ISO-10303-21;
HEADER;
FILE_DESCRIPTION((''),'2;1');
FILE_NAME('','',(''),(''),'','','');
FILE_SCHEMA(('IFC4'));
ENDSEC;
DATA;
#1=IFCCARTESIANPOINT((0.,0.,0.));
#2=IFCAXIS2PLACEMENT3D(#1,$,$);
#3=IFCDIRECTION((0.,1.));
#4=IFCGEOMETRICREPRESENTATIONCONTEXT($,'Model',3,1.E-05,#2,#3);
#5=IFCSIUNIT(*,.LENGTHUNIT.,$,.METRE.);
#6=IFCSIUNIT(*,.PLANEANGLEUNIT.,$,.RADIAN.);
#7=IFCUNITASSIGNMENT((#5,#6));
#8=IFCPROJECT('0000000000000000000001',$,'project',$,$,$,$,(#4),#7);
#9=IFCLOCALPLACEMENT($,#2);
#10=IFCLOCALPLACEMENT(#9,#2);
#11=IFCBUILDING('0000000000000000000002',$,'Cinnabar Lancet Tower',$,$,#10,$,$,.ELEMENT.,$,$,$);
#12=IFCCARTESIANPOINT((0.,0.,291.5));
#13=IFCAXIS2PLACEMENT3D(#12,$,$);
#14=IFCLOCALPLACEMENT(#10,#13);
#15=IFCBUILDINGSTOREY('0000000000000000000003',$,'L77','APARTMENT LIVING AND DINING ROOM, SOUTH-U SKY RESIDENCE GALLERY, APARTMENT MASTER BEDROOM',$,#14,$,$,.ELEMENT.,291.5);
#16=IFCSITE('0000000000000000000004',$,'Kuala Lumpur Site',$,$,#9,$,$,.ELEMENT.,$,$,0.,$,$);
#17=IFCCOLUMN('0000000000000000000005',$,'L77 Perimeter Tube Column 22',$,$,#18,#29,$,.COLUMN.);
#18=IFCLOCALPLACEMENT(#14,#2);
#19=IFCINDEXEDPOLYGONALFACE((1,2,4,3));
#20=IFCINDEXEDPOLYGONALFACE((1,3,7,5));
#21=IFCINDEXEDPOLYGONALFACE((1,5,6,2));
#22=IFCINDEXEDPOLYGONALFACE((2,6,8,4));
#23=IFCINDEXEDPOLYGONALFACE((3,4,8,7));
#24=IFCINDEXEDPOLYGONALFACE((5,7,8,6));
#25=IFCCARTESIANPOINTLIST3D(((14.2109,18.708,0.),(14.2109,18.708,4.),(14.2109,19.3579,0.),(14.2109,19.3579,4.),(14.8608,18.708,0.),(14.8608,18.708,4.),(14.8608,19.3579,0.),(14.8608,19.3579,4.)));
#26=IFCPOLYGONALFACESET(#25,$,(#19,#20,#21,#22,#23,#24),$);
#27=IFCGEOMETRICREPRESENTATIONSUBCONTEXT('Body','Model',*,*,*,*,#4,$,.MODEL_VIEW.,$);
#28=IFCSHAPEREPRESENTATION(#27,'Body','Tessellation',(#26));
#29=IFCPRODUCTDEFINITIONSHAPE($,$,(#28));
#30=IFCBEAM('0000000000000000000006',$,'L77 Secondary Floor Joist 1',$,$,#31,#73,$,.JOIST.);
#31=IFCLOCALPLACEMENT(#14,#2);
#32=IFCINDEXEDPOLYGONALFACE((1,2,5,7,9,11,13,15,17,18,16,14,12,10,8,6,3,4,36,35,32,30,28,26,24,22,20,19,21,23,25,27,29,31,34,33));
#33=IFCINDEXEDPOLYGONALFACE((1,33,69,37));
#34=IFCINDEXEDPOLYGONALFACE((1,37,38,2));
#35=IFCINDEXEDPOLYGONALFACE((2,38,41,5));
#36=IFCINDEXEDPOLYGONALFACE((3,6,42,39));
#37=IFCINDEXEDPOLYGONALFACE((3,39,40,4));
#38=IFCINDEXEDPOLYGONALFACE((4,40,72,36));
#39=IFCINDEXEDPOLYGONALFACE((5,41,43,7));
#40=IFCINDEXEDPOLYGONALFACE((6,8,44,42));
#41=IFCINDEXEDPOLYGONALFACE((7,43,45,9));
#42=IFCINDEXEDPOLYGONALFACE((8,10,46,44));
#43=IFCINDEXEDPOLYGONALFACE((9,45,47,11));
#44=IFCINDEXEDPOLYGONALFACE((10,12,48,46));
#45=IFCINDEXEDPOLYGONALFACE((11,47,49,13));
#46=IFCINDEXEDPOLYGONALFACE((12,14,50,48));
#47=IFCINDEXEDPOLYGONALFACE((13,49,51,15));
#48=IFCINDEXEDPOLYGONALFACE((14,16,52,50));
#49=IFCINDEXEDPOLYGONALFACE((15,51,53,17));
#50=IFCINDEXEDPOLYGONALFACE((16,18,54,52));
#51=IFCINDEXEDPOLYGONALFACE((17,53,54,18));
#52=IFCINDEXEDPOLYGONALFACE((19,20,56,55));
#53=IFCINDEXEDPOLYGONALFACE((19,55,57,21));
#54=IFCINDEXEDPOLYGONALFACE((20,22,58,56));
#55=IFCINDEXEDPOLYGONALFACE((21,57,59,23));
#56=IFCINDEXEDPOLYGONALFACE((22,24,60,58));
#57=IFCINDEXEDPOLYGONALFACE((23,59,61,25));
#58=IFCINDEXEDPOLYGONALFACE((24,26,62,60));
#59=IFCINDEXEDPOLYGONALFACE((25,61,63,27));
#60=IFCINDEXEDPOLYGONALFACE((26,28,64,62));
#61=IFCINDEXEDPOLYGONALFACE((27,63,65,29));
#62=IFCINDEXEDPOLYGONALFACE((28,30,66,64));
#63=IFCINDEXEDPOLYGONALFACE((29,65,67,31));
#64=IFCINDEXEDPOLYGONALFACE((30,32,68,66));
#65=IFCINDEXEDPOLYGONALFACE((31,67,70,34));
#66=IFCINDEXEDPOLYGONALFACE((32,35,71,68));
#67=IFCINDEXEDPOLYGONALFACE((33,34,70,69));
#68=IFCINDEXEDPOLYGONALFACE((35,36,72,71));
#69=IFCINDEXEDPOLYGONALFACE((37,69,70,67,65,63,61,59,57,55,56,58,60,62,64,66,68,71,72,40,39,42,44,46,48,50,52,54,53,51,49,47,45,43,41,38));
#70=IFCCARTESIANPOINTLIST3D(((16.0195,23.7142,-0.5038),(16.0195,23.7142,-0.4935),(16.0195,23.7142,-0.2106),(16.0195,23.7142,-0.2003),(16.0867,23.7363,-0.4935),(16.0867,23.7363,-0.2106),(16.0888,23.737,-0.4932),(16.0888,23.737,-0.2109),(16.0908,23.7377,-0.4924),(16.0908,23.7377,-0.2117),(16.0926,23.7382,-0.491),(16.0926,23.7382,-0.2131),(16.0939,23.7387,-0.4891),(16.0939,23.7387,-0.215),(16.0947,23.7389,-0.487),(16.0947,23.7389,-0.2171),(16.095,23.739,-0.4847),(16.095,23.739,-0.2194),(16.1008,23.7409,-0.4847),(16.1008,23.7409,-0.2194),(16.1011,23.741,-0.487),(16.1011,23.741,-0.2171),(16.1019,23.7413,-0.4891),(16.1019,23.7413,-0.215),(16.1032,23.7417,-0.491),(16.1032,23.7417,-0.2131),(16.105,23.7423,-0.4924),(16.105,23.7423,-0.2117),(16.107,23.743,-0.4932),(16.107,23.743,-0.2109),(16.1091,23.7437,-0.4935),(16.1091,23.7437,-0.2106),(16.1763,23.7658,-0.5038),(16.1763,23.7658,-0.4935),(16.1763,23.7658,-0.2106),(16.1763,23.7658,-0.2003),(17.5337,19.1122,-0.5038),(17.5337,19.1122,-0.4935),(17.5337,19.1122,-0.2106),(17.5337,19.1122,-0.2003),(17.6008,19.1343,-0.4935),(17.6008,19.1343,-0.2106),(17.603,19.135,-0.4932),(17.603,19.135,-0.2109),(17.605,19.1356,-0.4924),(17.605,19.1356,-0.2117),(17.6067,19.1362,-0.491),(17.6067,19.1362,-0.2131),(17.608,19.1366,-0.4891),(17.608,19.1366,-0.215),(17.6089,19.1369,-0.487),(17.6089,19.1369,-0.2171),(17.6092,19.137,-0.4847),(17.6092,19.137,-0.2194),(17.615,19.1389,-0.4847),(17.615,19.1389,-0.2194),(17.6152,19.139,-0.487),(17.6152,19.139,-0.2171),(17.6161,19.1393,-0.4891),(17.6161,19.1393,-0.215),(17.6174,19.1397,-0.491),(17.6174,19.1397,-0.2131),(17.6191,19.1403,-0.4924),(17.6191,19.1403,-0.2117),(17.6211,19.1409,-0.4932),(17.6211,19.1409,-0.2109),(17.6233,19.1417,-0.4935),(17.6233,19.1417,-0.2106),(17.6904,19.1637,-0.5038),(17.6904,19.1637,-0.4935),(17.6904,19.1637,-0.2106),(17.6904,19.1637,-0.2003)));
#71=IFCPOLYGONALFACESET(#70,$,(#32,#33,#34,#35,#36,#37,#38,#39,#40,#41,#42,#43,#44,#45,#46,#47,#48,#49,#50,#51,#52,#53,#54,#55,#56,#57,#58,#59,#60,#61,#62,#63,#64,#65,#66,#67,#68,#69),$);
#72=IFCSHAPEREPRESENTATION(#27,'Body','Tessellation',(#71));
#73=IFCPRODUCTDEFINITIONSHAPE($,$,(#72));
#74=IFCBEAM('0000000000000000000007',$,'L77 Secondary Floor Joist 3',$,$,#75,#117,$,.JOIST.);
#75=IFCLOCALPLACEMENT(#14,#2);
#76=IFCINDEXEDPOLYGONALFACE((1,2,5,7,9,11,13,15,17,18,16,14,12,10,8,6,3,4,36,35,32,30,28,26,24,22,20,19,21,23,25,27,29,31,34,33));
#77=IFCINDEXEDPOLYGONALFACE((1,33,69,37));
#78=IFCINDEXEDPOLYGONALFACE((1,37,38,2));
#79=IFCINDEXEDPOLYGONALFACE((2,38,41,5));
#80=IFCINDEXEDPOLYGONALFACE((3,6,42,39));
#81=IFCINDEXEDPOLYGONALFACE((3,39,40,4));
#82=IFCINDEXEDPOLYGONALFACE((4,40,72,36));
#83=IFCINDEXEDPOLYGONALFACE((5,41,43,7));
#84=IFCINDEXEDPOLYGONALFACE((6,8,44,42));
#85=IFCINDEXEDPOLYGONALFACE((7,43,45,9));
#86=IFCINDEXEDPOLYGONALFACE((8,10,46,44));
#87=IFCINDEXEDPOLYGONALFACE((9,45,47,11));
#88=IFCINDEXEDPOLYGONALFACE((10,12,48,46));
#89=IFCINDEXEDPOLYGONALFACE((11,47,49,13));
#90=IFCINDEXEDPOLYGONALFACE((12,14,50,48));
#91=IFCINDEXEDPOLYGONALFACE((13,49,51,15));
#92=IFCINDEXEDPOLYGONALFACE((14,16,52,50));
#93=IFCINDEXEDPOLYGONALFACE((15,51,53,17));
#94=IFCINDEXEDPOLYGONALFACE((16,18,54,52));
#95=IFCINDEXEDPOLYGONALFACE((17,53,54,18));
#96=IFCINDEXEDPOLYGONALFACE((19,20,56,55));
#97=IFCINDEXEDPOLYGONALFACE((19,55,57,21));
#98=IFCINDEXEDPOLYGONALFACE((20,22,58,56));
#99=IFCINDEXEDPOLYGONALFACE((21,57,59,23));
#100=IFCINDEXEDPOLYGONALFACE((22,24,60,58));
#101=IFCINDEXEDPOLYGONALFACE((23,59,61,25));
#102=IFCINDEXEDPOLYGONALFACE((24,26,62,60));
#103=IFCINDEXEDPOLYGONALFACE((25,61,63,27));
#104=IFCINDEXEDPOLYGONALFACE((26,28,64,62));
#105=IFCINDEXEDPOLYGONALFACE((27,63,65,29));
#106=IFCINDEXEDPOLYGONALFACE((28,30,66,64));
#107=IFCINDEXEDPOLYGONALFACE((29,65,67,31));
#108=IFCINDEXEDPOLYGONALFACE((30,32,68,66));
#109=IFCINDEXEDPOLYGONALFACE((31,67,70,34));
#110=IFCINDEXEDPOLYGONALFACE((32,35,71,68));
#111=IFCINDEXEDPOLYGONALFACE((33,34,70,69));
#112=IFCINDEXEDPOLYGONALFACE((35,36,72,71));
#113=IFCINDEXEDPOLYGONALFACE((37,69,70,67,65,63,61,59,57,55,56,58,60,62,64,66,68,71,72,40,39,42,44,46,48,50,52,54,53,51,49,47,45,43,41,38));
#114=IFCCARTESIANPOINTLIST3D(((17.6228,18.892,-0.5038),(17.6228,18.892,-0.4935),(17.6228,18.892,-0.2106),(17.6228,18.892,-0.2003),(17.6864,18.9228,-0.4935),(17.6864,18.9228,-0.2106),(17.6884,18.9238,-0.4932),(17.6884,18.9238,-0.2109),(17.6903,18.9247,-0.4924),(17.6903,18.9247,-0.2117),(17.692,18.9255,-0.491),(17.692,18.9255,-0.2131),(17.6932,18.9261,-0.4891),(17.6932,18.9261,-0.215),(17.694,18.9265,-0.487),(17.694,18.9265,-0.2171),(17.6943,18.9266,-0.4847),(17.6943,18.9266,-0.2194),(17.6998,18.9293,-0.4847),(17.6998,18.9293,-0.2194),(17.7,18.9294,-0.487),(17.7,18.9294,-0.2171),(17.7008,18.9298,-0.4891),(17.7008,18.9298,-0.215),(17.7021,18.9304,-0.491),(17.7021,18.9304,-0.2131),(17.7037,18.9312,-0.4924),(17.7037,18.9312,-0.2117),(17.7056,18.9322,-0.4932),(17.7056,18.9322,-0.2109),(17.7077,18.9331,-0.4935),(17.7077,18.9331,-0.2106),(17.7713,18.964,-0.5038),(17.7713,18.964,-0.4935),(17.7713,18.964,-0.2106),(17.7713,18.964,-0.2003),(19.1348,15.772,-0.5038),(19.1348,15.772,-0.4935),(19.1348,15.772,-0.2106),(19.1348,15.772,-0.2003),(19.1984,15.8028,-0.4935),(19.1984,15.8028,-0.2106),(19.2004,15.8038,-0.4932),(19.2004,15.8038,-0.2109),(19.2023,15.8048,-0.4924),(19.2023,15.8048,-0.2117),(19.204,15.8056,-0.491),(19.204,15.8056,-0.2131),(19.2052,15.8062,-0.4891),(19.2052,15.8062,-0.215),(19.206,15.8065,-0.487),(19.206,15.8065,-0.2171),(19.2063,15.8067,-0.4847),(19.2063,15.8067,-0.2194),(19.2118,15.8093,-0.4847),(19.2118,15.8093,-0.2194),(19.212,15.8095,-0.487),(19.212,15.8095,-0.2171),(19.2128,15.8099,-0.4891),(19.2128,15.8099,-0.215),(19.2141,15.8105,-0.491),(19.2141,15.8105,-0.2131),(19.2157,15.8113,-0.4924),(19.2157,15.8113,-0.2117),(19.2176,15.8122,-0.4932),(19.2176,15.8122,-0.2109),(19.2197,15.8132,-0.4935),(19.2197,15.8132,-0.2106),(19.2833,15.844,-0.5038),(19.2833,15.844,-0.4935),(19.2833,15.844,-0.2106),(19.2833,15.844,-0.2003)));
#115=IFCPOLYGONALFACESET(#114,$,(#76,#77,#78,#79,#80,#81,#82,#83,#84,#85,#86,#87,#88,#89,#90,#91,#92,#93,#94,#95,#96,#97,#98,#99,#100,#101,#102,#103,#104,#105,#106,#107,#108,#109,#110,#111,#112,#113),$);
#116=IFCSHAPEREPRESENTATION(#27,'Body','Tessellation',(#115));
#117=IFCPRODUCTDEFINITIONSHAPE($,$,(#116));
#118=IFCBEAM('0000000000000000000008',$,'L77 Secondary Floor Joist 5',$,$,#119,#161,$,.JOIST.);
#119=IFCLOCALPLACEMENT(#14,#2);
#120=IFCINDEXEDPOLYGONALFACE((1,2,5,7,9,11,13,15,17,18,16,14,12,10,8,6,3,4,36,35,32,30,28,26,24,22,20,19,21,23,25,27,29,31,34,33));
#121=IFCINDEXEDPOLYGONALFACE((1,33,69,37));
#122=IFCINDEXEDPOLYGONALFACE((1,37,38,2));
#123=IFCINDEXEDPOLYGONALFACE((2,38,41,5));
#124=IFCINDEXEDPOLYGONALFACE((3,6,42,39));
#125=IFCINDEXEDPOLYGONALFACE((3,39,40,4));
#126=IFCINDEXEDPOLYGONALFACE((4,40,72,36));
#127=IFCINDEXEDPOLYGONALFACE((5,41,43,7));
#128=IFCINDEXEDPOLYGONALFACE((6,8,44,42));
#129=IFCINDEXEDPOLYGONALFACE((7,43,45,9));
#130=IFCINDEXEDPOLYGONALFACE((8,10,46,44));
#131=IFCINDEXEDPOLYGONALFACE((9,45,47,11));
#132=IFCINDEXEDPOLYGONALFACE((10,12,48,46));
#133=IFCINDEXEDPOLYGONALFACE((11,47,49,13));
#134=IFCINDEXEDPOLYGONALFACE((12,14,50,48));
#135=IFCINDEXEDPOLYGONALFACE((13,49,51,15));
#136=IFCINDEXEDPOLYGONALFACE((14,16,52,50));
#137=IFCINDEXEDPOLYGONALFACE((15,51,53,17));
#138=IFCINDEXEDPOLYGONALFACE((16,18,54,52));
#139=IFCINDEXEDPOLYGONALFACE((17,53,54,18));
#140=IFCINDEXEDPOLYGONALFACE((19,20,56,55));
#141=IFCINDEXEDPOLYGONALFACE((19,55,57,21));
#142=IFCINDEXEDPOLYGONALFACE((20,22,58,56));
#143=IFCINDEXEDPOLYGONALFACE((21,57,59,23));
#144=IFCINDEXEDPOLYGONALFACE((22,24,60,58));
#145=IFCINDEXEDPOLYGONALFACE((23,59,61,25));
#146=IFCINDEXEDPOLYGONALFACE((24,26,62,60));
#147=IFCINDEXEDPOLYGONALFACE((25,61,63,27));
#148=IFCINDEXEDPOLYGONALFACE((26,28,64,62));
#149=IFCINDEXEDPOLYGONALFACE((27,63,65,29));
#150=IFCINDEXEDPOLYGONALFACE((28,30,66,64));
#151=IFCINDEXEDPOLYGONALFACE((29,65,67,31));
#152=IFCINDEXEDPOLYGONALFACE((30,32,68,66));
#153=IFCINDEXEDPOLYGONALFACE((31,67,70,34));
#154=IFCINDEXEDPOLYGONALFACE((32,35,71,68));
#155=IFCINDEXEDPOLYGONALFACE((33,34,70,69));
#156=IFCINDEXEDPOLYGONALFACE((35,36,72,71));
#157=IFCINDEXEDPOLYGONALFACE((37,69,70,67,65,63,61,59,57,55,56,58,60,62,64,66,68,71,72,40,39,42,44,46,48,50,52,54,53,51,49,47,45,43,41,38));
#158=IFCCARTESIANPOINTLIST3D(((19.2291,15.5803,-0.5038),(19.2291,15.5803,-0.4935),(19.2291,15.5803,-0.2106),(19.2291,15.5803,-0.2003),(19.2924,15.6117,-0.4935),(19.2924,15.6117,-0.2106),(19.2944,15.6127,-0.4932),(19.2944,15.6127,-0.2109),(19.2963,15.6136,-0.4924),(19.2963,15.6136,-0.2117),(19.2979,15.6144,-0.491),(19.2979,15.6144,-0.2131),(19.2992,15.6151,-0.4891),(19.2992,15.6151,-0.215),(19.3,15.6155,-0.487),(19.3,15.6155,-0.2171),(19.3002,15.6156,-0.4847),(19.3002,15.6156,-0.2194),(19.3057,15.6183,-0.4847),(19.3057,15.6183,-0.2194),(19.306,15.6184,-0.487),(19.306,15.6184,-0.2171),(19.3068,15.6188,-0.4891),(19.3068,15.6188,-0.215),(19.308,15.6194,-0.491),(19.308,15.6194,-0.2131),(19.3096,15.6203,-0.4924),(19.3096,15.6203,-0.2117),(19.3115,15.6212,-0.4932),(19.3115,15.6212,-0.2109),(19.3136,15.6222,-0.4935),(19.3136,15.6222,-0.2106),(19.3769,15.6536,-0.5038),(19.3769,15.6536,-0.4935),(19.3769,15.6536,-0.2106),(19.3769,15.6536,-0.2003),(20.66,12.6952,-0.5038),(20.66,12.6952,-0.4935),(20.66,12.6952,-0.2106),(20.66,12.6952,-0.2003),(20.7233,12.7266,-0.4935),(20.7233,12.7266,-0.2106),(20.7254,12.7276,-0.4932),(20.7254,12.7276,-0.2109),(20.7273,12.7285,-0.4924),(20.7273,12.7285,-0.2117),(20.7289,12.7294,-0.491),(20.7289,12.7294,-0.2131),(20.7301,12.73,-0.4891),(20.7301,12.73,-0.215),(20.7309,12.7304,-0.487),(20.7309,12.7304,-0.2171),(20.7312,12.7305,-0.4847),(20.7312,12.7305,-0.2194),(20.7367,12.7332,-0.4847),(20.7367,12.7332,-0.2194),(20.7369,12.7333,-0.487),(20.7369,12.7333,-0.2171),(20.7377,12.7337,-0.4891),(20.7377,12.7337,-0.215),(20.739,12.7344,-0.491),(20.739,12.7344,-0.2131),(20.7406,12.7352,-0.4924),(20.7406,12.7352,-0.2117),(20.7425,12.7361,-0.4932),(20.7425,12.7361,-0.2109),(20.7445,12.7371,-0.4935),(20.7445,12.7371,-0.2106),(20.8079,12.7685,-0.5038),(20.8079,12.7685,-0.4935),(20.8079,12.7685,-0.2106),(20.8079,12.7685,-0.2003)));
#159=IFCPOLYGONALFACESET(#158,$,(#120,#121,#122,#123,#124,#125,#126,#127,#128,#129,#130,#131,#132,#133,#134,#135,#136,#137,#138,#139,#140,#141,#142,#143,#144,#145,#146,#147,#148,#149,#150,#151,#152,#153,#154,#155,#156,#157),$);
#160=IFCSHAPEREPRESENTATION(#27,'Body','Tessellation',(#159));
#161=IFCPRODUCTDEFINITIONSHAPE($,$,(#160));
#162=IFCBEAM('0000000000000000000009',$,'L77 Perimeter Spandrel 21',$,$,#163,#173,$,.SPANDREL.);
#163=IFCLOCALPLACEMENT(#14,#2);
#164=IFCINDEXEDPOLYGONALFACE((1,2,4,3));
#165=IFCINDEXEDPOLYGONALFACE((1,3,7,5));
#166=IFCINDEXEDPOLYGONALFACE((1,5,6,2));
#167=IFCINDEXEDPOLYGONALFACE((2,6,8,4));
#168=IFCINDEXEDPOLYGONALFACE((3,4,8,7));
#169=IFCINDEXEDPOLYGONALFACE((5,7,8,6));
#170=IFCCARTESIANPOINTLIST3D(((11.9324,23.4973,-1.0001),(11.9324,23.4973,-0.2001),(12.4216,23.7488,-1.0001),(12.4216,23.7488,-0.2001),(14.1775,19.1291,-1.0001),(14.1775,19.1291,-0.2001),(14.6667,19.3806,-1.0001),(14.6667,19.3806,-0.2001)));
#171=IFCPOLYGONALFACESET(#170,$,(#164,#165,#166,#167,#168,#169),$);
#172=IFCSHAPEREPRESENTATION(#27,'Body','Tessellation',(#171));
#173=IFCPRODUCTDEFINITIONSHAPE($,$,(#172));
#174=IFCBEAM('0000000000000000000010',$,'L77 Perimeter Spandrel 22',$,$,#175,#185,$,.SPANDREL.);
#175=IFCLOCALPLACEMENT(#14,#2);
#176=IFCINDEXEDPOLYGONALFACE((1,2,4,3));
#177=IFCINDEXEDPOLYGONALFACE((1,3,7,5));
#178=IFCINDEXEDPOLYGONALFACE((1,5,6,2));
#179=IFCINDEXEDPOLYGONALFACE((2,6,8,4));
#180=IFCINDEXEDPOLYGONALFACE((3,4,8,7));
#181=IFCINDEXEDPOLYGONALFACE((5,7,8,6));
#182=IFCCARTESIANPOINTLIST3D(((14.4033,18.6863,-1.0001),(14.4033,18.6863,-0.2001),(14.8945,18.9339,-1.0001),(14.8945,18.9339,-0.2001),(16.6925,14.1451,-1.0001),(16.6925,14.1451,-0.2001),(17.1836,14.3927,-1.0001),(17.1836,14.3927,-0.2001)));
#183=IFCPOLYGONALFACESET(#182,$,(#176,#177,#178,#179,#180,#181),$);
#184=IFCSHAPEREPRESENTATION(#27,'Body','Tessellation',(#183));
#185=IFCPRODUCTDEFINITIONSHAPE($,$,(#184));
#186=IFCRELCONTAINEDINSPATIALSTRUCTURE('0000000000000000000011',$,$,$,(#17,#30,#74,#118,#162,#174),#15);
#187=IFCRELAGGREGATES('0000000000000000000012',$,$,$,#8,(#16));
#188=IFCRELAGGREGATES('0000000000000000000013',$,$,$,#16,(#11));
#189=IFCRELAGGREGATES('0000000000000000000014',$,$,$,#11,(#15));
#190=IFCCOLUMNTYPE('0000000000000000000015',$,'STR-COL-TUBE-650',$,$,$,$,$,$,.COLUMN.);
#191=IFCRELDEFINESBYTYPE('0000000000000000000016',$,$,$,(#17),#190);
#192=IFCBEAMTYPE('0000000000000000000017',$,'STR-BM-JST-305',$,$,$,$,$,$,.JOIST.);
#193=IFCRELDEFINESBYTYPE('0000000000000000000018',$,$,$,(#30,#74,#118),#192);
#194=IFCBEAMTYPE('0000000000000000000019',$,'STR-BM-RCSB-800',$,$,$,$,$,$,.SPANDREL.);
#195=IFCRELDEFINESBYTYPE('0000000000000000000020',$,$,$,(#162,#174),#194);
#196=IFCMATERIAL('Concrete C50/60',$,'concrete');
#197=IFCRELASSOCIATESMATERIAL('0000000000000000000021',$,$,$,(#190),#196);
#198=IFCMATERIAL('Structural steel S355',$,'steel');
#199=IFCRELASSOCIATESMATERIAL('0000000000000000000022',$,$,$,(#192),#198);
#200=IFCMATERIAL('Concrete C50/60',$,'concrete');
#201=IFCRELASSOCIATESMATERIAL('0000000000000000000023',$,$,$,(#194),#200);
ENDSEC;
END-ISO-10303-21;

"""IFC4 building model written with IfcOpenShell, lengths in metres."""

from ifc_helpers import new_model, si_unit, direction, frame, origin, origin_2d, place, context, subcontext, project, spatial, rectangle, i_section, extrude, material, material_profile, profile_set, type_object, element, save


model = new_model("IFC4")

# Units and contexts
model_context = context("Model", 3, precision=1e-05, world=origin(), true_north=direction((0.0, 1.0)))
body_context = subcontext(model_context, "Body", "Model", "MODEL_VIEW")
ifc_project = project(units=[si_unit("LENGTHUNIT", "METRE"), si_unit("PLANEANGLEUNIT", "RADIAN")], contexts=[model_context])

# Site, building, storey
site_placement = place(None, origin())
site = spatial("IfcSite", under=ifc_project, at=site_placement, Name="Kuala Lumpur Site", CompositionType="ELEMENT", RefElevation=0.0)
building_placement = place(site_placement, origin())
building = spatial("IfcBuilding", under=site, at=building_placement, Name="Cinnabar Lancet Tower", CompositionType="ELEMENT")
storey_placement = place(building_placement, frame((0.0, 0.0, 291.5)))
storey = spatial("IfcBuildingStorey", under=building, at=storey_placement, Name="L77", Description="APARTMENT LIVING AND DINING ROOM, SOUTH-U SKY RESIDENCE GALLERY, APARTMENT MASTER BEDROOM", CompositionType="ELEMENT", Elevation=291.5)

# Column
ifc_material_1 = material(Name="Concrete C50/60", Category="concrete")
ifc_material_profile_1 = material_profile(ifc_material_1, rectangle(XDim=0.6499, YDim=0.6499, at=origin_2d()), Name="RC-COL 650x650")
ifc_profile_set_1 = profile_set([ifc_material_profile_1], Name="Concrete C50/60")
column_type = type_object("IfcColumnType", Name="STR-COL-TUBE-650", PredefinedType="COLUMN", material=ifc_profile_set_1)
column_placement = place(storey_placement, frame((14.5359, 19.033, 0.0), z_axis=(0.0, 0.0, 1.0), x_axis=(1.0, 0.0, 0.0)))
element("IfcColumn", 1, at=column_placement, inside=storey, type_object=column_type, Name="L77 Perimeter Tube Column 22", PredefinedType="COLUMN", context=body_context, shape_type="SweptSolid", body=[
    extrude(rectangle(XDim=0.6499, YDim=0.6499, at=origin_2d()), origin(), (0.0, 0.0, 1.0), 4.0),
])

# Beams
ifc_material_2 = material(Name="Structural steel S355", Category="steel")
ifc_material_profile_2 = material_profile(ifc_material_2, i_section(OverallWidth=0.165, OverallDepth=0.3035, WebThickness=0.0061, FlangeThickness=0.0103, FilletRadius=0.0088, at=origin_2d()), Name="UKB 305x165x40")
ifc_profile_set_2 = profile_set([ifc_material_profile_2], Name="Structural steel S355")
beam_type_1 = type_object("IfcBeamType", Name="STR-BM-JST-305", PredefinedType="JOIST", material=ifc_profile_set_2)
beam_1_placement = place(storey_placement, frame((16.0979, 23.74, -0.3521), z_axis=(0.312537, -0.949906, 0.0), x_axis=(0.949906, 0.312537, 0.0)))
element("IfcBeam", 2, at=beam_1_placement, inside=storey, type_object=beam_type_1, Name="L77 Secondary Floor Joist 1", PredefinedType="JOIST", context=body_context, shape_type="SweptSolid", body=[
    extrude(i_section(OverallWidth=0.165, OverallDepth=0.3035, WebThickness=0.0061, FlangeThickness=0.0103, FilletRadius=0.0088, at=origin_2d()), origin(), (0.0, 0.0, 1.0), 4.8447),
])
beam_2_placement = place(storey_placement, frame((17.697, 18.928, -0.3521), z_axis=(0.436109, -0.899894, 0.0), x_axis=(0.899894, 0.436109, 0.0)))
element("IfcBeam", 3, at=beam_2_placement, inside=storey, type_object=beam_type_1, Name="L77 Secondary Floor Joist 3", PredefinedType="JOIST", context=body_context, shape_type="SweptSolid", body=[
    extrude(i_section(OverallWidth=0.165, OverallDepth=0.3035, WebThickness=0.0061, FlangeThickness=0.0103, FilletRadius=0.0088, at=origin_2d()), origin(), (0.0, 0.0, 1.0), 3.467),
])
beam_3_placement = place(storey_placement, frame((19.303, 15.6169, -0.3521), z_axis=(0.44433, -0.895863, 0.0), x_axis=(0.895863, 0.44433, 0.0)))
element("IfcBeam", 4, at=beam_3_placement, inside=storey, type_object=beam_type_1, Name="L77 Secondary Floor Joist 5", PredefinedType="JOIST", context=body_context, shape_type="SweptSolid", body=[
    extrude(i_section(OverallWidth=0.165, OverallDepth=0.3035, WebThickness=0.0061, FlangeThickness=0.0103, FilletRadius=0.0088, at=origin_2d()), origin(), (0.0, 0.0, 1.0), 3.2205),
])
ifc_material_3 = material(Name="Concrete C50/60", Category="concrete")
ifc_material_profile_3 = material_profile(ifc_material_3, rectangle(XDim=0.55, YDim=0.8, at=origin_2d()), Name="RC-SB 550x800")
ifc_profile_set_3 = profile_set([ifc_material_profile_3], Name="Concrete C50/60")
beam_type_2 = type_object("IfcBeamType", Name="STR-BM-RCSB-800", PredefinedType="SPANDREL", material=ifc_profile_set_3)
beam_4_placement = place(storey_placement, frame((12.177, 23.623, -0.6001), z_axis=(0.457128, -0.889401, 0.0), x_axis=(0.889401, 0.457128, 0.0)))
element("IfcBeam", 5, at=beam_4_placement, inside=storey, type_object=beam_type_2, Name="L77 Perimeter Spandrel 21", PredefinedType="SPANDREL", context=body_context, shape_type="SweptSolid", body=[
    extrude(rectangle(XDim=0.55, YDim=0.8, at=origin_2d()), origin(), (0.0, 0.0, 1.0), 4.9114),
])
beam_5_placement = place(storey_placement, frame((14.6489, 18.8101, -0.6001), z_axis=(0.45013, -0.892963, 0.0), x_axis=(0.892963, 0.45013, 0.0)))
element("IfcBeam", 6, at=beam_5_placement, inside=storey, type_object=beam_type_2, Name="L77 Perimeter Spandrel 22", PredefinedType="SPANDREL", context=body_context, shape_type="SweptSolid", body=[
    extrude(rectangle(XDim=0.55, YDim=0.8, at=origin_2d()), origin(), (0.0, 0.0, 1.0), 5.0854),
])

save(model, "model.ifc")
